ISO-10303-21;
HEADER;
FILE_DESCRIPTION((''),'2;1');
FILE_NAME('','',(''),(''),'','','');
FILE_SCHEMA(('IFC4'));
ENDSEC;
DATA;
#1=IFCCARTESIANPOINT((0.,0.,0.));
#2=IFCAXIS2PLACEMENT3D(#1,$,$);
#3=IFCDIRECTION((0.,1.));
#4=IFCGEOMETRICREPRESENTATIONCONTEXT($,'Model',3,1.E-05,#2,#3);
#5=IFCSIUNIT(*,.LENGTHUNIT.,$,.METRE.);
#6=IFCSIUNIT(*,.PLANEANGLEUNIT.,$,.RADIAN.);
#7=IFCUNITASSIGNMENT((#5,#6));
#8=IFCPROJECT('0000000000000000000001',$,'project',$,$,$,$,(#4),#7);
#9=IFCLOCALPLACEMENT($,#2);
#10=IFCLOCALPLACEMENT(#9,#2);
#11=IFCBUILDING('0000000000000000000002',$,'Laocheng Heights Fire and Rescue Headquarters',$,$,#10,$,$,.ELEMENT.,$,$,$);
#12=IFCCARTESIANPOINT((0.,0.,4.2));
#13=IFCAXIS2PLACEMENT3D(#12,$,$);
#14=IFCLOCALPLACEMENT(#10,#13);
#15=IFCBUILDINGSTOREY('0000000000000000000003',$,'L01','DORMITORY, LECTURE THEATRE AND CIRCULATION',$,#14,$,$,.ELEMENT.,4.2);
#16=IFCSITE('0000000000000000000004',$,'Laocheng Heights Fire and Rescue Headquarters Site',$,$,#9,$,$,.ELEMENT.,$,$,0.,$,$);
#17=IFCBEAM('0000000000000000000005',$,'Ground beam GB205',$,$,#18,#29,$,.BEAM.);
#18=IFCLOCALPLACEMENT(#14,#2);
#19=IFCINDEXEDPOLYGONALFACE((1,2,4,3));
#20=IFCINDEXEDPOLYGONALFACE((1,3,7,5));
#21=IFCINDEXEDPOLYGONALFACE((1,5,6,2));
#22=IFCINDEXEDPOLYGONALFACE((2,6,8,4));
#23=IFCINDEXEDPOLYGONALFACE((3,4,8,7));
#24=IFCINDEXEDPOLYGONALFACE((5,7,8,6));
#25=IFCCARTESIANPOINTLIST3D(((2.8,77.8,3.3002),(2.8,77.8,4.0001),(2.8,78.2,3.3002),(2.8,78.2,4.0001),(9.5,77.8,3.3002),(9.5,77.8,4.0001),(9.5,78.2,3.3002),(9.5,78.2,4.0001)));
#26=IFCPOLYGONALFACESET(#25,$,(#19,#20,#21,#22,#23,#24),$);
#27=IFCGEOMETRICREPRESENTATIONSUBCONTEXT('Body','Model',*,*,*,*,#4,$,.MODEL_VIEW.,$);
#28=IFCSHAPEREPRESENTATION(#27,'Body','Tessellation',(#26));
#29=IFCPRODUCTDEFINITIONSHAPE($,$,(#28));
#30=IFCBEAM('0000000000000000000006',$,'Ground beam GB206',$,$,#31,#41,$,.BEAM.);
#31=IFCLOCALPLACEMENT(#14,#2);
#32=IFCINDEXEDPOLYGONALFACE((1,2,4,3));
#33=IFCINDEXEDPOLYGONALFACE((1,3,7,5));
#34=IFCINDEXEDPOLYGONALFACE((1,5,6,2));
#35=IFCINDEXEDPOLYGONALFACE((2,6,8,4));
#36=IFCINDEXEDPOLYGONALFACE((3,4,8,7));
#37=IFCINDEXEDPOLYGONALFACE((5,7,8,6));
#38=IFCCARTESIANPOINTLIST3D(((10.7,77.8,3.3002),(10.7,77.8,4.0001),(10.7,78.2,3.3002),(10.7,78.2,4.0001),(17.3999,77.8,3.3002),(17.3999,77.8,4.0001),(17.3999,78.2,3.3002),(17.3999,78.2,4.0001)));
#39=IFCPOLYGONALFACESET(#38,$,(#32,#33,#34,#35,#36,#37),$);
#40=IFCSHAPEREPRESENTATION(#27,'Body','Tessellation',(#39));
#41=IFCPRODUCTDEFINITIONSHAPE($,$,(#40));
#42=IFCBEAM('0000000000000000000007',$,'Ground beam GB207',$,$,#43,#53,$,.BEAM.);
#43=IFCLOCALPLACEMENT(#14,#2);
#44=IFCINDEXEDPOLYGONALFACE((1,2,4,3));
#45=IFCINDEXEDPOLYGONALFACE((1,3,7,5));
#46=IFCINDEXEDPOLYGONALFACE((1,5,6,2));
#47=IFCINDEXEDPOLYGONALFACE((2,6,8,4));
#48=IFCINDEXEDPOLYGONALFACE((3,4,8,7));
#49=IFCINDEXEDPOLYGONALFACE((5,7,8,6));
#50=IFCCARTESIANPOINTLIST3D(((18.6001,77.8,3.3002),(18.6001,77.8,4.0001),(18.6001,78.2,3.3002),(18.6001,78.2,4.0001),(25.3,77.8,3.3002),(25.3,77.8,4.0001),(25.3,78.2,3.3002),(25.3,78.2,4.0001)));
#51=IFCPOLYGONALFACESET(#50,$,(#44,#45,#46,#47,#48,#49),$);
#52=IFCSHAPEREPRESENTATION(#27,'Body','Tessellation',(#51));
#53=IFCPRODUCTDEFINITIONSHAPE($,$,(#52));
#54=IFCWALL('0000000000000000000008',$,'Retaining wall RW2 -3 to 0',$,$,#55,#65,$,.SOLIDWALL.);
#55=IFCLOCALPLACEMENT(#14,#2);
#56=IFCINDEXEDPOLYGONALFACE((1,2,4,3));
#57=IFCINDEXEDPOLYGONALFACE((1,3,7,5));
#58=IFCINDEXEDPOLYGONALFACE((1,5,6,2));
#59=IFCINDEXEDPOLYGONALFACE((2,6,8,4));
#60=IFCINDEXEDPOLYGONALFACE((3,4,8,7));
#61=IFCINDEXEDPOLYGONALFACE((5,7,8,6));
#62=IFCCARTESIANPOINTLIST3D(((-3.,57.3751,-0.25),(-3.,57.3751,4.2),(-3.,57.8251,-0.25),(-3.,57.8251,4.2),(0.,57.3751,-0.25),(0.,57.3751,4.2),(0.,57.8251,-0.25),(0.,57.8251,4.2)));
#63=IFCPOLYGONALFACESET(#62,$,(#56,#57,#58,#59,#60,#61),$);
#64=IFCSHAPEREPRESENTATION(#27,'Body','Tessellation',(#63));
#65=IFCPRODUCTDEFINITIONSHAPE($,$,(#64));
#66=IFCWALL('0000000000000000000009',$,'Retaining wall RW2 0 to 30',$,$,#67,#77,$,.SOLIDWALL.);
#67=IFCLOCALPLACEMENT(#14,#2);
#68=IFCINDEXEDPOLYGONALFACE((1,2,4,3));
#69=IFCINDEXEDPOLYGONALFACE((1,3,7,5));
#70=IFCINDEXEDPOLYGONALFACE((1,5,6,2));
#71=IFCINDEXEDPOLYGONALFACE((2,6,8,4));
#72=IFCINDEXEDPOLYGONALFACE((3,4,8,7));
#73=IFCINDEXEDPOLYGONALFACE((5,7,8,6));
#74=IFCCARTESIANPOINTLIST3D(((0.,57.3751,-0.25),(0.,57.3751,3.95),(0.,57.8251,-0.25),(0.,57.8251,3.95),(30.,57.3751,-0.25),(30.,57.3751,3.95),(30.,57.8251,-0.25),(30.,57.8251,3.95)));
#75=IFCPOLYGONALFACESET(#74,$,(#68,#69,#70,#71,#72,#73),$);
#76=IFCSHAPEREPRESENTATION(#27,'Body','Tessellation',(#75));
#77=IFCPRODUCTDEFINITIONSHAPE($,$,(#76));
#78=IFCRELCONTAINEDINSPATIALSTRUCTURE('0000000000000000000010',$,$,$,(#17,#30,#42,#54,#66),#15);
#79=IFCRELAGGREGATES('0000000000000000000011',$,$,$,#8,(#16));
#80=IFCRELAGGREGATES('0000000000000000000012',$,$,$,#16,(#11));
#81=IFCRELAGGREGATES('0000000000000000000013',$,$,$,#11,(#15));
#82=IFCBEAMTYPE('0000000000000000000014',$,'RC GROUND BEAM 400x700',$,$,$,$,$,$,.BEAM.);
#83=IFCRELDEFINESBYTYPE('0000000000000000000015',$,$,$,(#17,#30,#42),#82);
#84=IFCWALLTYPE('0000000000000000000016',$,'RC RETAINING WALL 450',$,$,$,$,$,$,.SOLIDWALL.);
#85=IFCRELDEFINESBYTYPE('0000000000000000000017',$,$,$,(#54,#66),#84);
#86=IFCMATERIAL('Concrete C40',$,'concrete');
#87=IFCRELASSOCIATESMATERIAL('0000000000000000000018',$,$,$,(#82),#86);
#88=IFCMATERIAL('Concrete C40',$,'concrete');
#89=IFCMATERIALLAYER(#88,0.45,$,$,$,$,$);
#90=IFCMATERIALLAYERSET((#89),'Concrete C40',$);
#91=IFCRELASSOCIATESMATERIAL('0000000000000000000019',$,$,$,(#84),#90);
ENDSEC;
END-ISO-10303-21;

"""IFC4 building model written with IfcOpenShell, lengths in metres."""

from ifc_helpers import new_model, si_unit, direction, frame, frame_2d, origin, origin_2d, place, context, subcontext, project, spatial, rectangle, extrude, material, layer, layer_set, material_profile, profile_set, type_object, element, save


model = new_model("IFC4")

# Units and contexts
model_context = context("Model", 3, precision=1e-05, world=origin(), true_north=direction((0.0, 1.0)))
body_context = subcontext(model_context, "Body", "Model", "MODEL_VIEW")
ifc_project = project(units=[si_unit("LENGTHUNIT", "METRE"), si_unit("PLANEANGLEUNIT", "RADIAN")], contexts=[model_context])

# Site, building, storey
site_placement = place(None, origin())
site = spatial("IfcSite", under=ifc_project, at=site_placement, Name="Laocheng Heights Fire and Rescue Headquarters Site", CompositionType="ELEMENT", RefElevation=0.0)
building_placement = place(site_placement, origin())
building = spatial("IfcBuilding", under=site, at=building_placement, Name="Laocheng Heights Fire and Rescue Headquarters", CompositionType="ELEMENT")
storey_placement = place(building_placement, frame((0.0, 0.0, 4.2)))
storey = spatial("IfcBuildingStorey", under=building, at=storey_placement, Name="L01", Description="DORMITORY, LECTURE THEATRE AND CIRCULATION", CompositionType="ELEMENT", Elevation=4.2)

# Beams
ifc_material_1 = material(Name="Concrete C40", Category="concrete")
ifc_material_profile = material_profile(ifc_material_1, rectangle(XDim=0.3999, YDim=0.7, at=origin_2d()), Name="RC GROUND BEAM 400x700")
ifc_profile_set = profile_set([ifc_material_profile], Name="Concrete C40")
beam_type = type_object("IfcBeamType", Name="RC GROUND BEAM 400x700", PredefinedType="BEAM", material=ifc_profile_set)
for number, where, z_axis, x_axis, name in (
    (1, (2.8, 78.0, 3.6501), (1.0, 0.0, 0.0), (0.0, 1.0, 0.0), "Ground beam GB205"),
    (2, (10.7, 78.0, 3.6501), (1.0, 0.0, 0.0), (0.0, 1.0, 0.0), "Ground beam GB206"),
    (3, (18.6001, 78.0, 3.6501), (1.0, 0.0, 0.0), (0.0, 1.0, 0.0), "Ground beam GB207"),
):
    element("IfcBeam", number, at=place(storey_placement, frame(where, z_axis=z_axis, x_axis=x_axis)), inside=storey, type_object=beam_type, Name=name, PredefinedType="BEAM", context=body_context, shape_type="SweptSolid", body=[
        extrude(rectangle(XDim=0.3999, YDim=0.7, at=origin_2d()), origin(), (0.0, 0.0, 1.0), 6.7),
    ])

# Walls
ifc_material_2 = material(Name="Concrete C40", Category="concrete")
ifc_layer = layer(ifc_material_2, 0.45)
ifc_layer_set = layer_set([ifc_layer], Name="Concrete C40")
wall_type = type_object("IfcWallType", Name="RC RETAINING WALL 450", PredefinedType="SOLIDWALL", material=ifc_layer_set)
wall_1_placement = place(storey_placement, frame((-3.0, 57.6001, -0.25), z_axis=(0.0, 0.0, 1.0), x_axis=(1.0, 0.0, 0.0)))
element("IfcWall", 4, at=wall_1_placement, inside=storey, type_object=wall_type, Name="Retaining wall RW2 -3 to 0", PredefinedType="SOLIDWALL", context=body_context, shape_type="SweptSolid", body=[
    extrude(rectangle(XDim=3.0, YDim=0.45, at=frame_2d((1.5, 0.0))), origin(), (0.0, 0.0, 1.0), 4.45),
])
wall_2_placement = place(storey_placement, frame((0.0, 57.6001, -0.25), z_axis=(0.0, 0.0, 1.0), x_axis=(1.0, 0.0, 0.0)))
element("IfcWall", 5, at=wall_2_placement, inside=storey, type_object=wall_type, Name="Retaining wall RW2 0 to 30", PredefinedType="SOLIDWALL", context=body_context, shape_type="SweptSolid", body=[
    extrude(rectangle(XDim=30.0, YDim=0.45, at=frame_2d((15.0, 0.0))), origin(), (0.0, 0.0, 1.0), 4.2),
])

save(model, "model.ifc")
